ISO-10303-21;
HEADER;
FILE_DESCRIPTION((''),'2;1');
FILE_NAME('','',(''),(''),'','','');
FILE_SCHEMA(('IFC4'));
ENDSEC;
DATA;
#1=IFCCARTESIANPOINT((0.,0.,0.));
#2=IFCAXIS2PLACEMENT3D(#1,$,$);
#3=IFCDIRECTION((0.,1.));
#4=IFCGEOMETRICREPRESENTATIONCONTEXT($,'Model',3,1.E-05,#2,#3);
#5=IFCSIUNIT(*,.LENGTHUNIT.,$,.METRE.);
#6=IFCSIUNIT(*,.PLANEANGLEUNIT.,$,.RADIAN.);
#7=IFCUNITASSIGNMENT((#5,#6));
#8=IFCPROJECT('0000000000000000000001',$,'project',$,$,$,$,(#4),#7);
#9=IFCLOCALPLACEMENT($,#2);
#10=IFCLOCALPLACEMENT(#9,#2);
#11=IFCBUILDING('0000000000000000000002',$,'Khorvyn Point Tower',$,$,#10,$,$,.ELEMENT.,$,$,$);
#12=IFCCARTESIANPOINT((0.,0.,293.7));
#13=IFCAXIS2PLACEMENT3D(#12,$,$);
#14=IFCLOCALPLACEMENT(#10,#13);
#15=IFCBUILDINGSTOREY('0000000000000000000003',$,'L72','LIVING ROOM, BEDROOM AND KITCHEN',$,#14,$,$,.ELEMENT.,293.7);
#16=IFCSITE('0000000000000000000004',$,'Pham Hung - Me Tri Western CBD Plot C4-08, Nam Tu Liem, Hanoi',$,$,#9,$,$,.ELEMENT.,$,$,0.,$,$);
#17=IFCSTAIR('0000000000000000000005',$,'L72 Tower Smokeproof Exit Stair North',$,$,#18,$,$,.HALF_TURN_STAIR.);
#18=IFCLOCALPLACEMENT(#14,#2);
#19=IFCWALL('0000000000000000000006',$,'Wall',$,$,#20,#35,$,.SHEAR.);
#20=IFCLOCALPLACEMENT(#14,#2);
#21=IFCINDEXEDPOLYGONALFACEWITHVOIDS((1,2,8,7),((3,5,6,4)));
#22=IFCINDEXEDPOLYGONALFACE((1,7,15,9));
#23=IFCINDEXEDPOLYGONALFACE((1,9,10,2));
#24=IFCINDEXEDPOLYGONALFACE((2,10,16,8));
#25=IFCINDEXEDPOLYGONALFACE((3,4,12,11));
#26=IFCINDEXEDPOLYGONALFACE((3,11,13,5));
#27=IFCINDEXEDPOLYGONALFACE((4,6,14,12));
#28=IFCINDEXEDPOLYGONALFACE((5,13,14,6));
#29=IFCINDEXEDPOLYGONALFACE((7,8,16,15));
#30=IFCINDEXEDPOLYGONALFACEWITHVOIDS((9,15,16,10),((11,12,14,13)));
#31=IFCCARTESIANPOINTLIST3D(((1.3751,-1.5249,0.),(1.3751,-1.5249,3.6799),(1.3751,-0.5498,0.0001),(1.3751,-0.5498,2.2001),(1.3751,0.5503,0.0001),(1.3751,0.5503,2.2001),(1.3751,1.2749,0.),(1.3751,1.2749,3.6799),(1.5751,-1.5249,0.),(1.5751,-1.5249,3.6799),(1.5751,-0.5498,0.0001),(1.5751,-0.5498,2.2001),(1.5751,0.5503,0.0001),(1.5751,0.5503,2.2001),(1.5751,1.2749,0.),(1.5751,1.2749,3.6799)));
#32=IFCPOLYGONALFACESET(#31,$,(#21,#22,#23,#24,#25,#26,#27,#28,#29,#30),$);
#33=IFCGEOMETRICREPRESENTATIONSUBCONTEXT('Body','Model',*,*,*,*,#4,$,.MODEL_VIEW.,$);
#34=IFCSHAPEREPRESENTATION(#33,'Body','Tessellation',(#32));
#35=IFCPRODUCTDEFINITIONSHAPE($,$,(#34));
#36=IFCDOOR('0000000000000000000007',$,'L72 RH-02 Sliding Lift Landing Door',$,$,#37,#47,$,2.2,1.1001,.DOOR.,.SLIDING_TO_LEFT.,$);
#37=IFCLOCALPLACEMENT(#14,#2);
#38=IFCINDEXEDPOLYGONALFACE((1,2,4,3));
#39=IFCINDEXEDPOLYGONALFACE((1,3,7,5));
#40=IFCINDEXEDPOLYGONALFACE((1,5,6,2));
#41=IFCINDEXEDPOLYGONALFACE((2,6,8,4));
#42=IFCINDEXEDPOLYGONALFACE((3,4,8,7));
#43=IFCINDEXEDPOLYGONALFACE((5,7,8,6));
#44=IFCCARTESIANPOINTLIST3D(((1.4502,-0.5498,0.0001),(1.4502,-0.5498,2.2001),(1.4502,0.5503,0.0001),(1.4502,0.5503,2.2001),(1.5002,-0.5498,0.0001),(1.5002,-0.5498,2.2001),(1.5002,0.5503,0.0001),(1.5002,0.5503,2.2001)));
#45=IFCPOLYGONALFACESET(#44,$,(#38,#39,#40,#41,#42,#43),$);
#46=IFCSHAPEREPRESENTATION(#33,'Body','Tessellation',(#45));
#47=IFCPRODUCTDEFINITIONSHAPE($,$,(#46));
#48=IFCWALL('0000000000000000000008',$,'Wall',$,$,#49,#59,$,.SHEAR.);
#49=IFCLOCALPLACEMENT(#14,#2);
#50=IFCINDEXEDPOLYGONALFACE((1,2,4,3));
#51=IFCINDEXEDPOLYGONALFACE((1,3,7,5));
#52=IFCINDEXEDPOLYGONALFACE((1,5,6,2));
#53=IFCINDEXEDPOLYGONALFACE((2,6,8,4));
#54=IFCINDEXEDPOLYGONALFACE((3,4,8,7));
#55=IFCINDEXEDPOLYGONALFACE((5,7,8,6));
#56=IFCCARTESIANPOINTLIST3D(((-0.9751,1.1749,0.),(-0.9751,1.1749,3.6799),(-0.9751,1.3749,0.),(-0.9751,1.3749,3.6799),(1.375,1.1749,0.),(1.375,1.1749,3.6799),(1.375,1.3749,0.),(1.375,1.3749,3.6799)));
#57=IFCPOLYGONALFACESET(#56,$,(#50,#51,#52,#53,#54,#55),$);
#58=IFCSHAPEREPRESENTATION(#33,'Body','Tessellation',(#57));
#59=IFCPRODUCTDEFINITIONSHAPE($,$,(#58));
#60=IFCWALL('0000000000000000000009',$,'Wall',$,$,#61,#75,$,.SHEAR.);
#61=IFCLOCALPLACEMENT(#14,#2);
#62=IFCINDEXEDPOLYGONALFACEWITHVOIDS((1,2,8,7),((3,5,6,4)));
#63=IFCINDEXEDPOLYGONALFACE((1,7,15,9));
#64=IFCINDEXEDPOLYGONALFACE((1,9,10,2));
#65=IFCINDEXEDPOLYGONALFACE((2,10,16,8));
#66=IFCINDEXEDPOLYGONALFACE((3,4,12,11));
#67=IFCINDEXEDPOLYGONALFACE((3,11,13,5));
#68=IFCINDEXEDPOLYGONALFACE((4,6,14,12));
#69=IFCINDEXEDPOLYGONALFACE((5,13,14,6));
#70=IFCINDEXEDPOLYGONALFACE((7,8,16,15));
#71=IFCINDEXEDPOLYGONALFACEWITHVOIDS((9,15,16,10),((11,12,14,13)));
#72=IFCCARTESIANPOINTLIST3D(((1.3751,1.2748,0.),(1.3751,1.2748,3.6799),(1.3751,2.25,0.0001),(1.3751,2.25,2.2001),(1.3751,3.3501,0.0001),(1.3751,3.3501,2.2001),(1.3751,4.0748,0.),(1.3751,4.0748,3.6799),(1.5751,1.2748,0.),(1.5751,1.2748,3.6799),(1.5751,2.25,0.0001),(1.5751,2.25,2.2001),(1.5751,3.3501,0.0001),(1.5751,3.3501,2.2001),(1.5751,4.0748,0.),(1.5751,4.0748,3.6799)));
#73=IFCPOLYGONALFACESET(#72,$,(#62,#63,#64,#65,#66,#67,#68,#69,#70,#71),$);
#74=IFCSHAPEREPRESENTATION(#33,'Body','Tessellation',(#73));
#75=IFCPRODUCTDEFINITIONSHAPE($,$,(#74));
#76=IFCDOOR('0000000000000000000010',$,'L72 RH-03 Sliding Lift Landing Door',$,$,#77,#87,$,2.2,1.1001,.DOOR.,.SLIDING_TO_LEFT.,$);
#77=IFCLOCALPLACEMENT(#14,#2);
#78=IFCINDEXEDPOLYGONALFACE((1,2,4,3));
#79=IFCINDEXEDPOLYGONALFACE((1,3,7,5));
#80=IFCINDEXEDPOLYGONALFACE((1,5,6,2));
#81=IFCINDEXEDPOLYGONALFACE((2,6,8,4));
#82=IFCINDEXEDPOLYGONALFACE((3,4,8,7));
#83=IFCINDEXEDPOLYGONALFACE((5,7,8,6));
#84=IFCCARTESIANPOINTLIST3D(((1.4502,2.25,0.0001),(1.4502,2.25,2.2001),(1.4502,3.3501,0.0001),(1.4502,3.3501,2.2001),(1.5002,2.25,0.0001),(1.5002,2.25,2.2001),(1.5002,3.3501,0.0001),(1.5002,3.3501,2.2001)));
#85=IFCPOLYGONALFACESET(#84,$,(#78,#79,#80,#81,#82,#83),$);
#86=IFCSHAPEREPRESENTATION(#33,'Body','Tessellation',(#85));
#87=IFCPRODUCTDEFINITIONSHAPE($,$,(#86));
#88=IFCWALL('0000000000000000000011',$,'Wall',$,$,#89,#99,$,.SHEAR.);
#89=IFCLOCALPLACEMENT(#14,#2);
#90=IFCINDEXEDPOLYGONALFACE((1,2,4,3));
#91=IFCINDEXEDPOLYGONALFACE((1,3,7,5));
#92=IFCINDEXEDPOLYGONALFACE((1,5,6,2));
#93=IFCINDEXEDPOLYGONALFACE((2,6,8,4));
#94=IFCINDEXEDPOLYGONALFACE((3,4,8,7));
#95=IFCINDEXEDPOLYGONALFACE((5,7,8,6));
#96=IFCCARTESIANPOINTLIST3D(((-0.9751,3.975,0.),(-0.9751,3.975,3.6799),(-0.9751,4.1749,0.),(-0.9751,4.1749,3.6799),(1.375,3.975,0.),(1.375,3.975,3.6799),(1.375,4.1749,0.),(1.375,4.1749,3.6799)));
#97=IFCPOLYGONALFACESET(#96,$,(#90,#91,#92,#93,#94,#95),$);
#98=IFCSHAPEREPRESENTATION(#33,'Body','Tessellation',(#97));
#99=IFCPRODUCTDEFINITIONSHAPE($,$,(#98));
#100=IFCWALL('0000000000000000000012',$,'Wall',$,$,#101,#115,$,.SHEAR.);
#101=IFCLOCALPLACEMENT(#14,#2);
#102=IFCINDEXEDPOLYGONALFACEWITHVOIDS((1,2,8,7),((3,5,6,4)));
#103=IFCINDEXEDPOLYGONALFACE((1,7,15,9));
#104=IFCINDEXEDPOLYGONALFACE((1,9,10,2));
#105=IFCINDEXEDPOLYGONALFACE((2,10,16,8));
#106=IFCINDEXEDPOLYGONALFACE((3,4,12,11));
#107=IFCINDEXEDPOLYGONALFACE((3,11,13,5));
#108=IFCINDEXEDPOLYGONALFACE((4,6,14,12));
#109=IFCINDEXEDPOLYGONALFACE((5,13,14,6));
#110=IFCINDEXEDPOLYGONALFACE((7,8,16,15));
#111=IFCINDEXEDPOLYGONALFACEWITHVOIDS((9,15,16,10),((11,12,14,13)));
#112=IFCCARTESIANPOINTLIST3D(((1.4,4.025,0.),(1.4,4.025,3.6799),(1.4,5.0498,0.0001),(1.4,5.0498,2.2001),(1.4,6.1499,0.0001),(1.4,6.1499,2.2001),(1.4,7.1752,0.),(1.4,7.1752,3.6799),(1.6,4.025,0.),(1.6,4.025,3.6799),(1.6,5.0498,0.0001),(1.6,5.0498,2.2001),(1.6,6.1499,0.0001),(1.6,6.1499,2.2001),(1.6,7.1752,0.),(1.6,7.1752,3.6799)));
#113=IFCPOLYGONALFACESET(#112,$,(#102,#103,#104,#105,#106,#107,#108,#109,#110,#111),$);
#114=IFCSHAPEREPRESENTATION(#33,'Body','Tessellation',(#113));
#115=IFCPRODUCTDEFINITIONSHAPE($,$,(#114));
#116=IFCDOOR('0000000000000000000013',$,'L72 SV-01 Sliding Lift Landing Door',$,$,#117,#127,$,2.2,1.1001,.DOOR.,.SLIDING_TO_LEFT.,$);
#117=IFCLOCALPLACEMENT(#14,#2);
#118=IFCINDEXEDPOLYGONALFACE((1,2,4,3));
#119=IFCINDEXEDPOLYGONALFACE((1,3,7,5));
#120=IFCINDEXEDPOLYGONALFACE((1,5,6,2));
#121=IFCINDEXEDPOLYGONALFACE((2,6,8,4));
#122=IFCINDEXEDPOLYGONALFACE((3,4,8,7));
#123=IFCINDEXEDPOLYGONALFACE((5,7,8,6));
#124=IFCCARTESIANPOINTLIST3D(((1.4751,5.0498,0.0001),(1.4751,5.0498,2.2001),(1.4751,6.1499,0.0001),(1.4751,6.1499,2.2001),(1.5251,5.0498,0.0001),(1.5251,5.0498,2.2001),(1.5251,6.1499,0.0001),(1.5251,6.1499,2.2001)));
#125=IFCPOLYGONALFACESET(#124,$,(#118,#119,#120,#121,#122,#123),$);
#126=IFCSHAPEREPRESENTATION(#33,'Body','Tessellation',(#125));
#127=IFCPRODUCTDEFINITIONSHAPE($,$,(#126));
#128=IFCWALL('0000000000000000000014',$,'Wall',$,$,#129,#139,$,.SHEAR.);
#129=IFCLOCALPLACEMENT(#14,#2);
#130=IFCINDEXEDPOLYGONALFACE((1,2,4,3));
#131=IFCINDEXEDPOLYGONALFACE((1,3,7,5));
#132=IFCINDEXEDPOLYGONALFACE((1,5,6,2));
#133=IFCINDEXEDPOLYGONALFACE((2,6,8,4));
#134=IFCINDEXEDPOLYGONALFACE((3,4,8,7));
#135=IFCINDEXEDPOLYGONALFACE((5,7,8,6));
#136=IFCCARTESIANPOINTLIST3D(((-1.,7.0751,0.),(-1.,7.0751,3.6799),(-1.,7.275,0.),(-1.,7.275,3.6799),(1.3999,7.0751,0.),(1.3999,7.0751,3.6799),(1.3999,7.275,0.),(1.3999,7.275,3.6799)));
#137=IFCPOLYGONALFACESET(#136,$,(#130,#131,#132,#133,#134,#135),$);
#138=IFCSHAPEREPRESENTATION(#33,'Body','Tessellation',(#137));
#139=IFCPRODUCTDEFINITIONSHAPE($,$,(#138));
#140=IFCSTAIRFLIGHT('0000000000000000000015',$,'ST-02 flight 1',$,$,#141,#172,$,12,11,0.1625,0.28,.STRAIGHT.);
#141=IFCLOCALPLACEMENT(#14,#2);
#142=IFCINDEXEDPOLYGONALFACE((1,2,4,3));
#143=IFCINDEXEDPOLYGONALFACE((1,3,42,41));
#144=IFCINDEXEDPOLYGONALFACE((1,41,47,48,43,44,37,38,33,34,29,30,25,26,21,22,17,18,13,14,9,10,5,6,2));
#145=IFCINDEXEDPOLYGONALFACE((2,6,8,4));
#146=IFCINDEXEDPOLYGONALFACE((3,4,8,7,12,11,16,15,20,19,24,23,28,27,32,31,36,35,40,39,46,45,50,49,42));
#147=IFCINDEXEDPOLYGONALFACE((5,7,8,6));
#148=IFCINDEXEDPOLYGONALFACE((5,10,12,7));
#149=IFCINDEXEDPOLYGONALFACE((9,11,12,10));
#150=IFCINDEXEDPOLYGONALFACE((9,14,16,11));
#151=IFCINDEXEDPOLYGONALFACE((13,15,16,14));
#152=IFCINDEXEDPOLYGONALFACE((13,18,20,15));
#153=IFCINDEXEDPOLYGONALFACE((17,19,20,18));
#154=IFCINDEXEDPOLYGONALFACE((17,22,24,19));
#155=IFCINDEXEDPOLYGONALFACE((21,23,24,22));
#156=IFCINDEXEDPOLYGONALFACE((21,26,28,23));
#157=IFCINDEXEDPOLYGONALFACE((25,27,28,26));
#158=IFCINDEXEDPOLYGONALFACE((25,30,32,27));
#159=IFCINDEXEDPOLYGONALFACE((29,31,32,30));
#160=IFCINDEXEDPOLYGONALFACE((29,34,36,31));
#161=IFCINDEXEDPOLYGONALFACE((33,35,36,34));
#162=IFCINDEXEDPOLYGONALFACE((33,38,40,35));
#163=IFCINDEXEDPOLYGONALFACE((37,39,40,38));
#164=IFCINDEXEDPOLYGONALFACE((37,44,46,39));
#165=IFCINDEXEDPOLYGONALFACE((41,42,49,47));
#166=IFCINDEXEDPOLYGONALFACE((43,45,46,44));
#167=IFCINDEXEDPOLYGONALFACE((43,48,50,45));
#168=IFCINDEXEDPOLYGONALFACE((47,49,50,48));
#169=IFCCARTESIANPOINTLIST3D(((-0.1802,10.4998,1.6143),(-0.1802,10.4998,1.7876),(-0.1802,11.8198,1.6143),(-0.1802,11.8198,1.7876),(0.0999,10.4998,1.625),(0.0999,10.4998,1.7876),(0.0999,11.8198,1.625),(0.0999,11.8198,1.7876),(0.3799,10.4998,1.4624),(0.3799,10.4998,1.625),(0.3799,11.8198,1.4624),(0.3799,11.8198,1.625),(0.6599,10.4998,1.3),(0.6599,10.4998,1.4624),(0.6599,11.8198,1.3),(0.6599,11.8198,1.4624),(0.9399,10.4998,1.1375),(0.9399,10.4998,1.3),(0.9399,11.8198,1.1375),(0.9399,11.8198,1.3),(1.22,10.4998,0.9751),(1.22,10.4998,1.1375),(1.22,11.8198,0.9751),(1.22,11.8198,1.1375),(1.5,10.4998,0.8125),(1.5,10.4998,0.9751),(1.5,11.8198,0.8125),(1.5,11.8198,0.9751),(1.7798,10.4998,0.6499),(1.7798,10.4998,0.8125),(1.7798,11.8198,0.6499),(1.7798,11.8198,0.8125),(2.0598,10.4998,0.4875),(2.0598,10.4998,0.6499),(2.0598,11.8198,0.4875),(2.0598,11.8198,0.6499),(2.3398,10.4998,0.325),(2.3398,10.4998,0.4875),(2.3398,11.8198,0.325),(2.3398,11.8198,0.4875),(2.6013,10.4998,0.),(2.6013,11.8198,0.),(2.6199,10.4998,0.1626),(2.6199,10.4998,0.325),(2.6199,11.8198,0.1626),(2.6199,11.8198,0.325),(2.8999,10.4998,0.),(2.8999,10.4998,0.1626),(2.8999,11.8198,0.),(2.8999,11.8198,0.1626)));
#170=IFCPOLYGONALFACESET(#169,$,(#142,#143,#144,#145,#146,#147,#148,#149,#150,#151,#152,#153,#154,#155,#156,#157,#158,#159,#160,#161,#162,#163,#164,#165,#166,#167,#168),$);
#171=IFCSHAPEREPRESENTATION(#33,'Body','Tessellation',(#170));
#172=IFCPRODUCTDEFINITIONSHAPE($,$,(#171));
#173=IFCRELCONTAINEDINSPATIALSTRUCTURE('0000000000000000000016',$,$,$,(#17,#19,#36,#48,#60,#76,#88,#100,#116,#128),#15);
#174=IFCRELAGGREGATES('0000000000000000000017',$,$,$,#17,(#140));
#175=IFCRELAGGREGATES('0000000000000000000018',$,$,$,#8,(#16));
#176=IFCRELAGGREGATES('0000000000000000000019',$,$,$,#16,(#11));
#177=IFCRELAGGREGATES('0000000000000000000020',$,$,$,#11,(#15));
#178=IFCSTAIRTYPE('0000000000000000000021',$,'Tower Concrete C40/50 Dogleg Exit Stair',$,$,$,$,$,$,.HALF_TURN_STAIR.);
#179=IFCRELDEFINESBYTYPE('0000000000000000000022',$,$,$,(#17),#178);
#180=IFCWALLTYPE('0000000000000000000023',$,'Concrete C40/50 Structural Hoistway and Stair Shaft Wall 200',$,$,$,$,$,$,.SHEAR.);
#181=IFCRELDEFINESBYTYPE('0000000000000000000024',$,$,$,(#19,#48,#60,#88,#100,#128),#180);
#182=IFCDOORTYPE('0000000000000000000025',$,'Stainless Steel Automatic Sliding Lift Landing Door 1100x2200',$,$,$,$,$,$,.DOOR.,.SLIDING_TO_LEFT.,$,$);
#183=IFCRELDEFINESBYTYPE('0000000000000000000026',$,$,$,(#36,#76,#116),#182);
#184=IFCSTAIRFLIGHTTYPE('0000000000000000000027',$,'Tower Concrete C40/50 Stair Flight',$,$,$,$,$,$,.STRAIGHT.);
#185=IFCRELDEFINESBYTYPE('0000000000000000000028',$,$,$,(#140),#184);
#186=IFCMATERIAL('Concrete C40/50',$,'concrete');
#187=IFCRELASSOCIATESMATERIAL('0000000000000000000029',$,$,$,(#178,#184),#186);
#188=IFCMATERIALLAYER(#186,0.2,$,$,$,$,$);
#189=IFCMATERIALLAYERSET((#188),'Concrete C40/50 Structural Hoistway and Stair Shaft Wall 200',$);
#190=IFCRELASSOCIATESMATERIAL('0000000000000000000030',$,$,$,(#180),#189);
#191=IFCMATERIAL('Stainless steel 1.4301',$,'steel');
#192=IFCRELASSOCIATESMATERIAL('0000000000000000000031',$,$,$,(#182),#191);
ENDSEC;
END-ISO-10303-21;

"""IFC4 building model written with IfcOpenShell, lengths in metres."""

from ifc_helpers import new_model, si_unit, direction, frame, frame_2d, origin, place, context, subcontext, project, spatial, polyline, rectangle, outline, extrude, material, layer, layer_set, type_object, element, fill, aggregate, save


model = new_model("IFC4")

# Units and contexts
model_context = context("Model", 3, precision=1e-05, world=origin(), true_north=direction((0.0, 1.0)))
body_context = subcontext(model_context, "Body", "Model", "MODEL_VIEW")
ifc_project = project(units=[si_unit("LENGTHUNIT", "METRE"), si_unit("PLANEANGLEUNIT", "RADIAN")], contexts=[model_context])

# Site, building, storey
site_placement = place(None, origin())
site = spatial("IfcSite", under=ifc_project, at=site_placement, Name="Pham Hung - Me Tri Western CBD Plot C4-08, Nam Tu Liem, Hanoi", CompositionType="ELEMENT", RefElevation=0.0)
building_placement = place(site_placement, origin())
building = spatial("IfcBuilding", under=site, at=building_placement, Name="Khorvyn Point Tower", CompositionType="ELEMENT")
storey_placement = place(building_placement, frame((0.0, 0.0, 293.7)))
storey = spatial("IfcBuildingStorey", under=building, at=storey_placement, Name="L72", Description="LIVING ROOM, BEDROOM AND KITCHEN", CompositionType="ELEMENT", Elevation=293.7)

# Shared definitions
ifc_material_1 = material(Name="Concrete C40/50", Category="concrete")

# Stair
stair_type = type_object("IfcStairType", Name="Tower Concrete C40/50 Dogleg Exit Stair", PredefinedType="HALF_TURN_STAIR", material=ifc_material_1)
stair_1_placement = place(storey_placement, origin())
stair_1 = element("IfcStair", 1, at=stair_1_placement, inside=storey, type_object=stair_type, Name="L72 Tower Smokeproof Exit Stair North", PredefinedType="HALF_TURN_STAIR")

# Wall, opening, door
ifc_layer_1 = layer(ifc_material_1, 0.2)
ifc_layer_set_1 = layer_set([ifc_layer_1], Name="Concrete C40/50 Structural Hoistway and Stair Shaft Wall 200")
wall_type = type_object("IfcWallType", Name="Concrete C40/50 Structural Hoistway and Stair Shaft Wall 200", PredefinedType="SHEAR", material=ifc_layer_set_1)
wall_1_placement = place(storey_placement, frame((1.4751, -1.5249, 0.0), z_axis=(0.0, 0.0, 1.0), x_axis=(0.0, 1.0, 0.0)))
wall_1 = element("IfcWall", 2, at=wall_1_placement, inside=storey, type_object=wall_type, Name="Wall", PredefinedType="SHEAR", context=body_context, shape_type="SweptSolid", body=[
    extrude(rectangle(XDim=2.7998, YDim=0.2, at=frame_2d((1.3999, 0.0))), origin(), (0.0, 0.0, 1.0), 3.6799),
])
opening_1_placement = place(wall_1_placement, frame((0.9751, 0.0, 0.0)))
opening_1 = element("IfcOpeningElement", 3, at=opening_1_placement, cuts=wall_1, PredefinedType="OPENING", context=body_context, shape_type="SweptSolid", body=[
    extrude(rectangle(XDim=1.1001, YDim=2.2, at=frame_2d((0.55, 1.1001))), frame((0.0, 0.1099, 0.0), z_axis=(0.0, -1.0, 0.0), x_axis=(1.0, 0.0, 0.0)), (0.0, 0.0, 1.0), 0.22),
])
ifc_material_2 = material(Name="Stainless steel 1.4301", Category="steel")
door_type = type_object("IfcDoorType", Name="Stainless Steel Automatic Sliding Lift Landing Door 1100x2200", OperationType="SLIDING_TO_LEFT", PredefinedType="DOOR", material=ifc_material_2)
door_1_placement = place(opening_1_placement, origin())
door_1 = element("IfcDoor", 4, at=door_1_placement, inside=storey, type_object=door_type, Name="L72 RH-02 Sliding Lift Landing Door", OperationType="SLIDING_TO_LEFT", OverallHeight=2.2, OverallWidth=1.1001, PredefinedType="DOOR", context=body_context, shape_type="SweptSolid", body=[
    extrude(rectangle(XDim=1.1001, YDim=2.2, at=frame_2d((0.55, 1.1001))), frame((0.0, 0.0249, 0.0), z_axis=(0.0, -1.0, 0.0), x_axis=(1.0, 0.0, 0.0)), (0.0, 0.0, 1.0), 0.05),
])
fill(opening_1, door_1)

# Wall
wall_2_placement = place(storey_placement, frame((-0.9751, 1.2749, 0.0), z_axis=(0.0, 0.0, 1.0), x_axis=(1.0, 0.0, 0.0)))
element("IfcWall", 5, at=wall_2_placement, inside=storey, type_object=wall_type, Name="Wall", PredefinedType="SHEAR", context=body_context, shape_type="SweptSolid", body=[
    extrude(rectangle(XDim=2.3501, YDim=0.2, at=frame_2d((1.175, 0.0))), origin(), (0.0, 0.0, 1.0), 3.6799),
])

# Wall, opening, door
wall_3_placement = place(storey_placement, frame((1.4751, 1.2749, 0.0), z_axis=(0.0, 0.0, 1.0), x_axis=(0.0, 1.0, 0.0)))
wall_3 = element("IfcWall", 6, at=wall_3_placement, inside=storey, type_object=wall_type, Name="Wall", PredefinedType="SHEAR", context=body_context, shape_type="SweptSolid", body=[
    extrude(rectangle(XDim=2.8, YDim=0.2, at=frame_2d((1.3999, 0.0))), origin(), (0.0, 0.0, 1.0), 3.6799),
])
opening_2_placement = place(wall_3_placement, frame((0.9751, 0.0, 0.0)))
opening_2 = element("IfcOpeningElement", 7, at=opening_2_placement, cuts=wall_3, PredefinedType="OPENING", context=body_context, shape_type="SweptSolid", body=[
    extrude(rectangle(XDim=1.1001, YDim=2.2, at=frame_2d((0.55, 1.1001))), frame((0.0, 0.1099, 0.0), z_axis=(0.0, -1.0, 0.0), x_axis=(1.0, 0.0, 0.0)), (0.0, 0.0, 1.0), 0.22),
])
door_2_placement = place(opening_2_placement, origin())
door_2 = element("IfcDoor", 8, at=door_2_placement, inside=storey, type_object=door_type, Name="L72 RH-03 Sliding Lift Landing Door", OperationType="SLIDING_TO_LEFT", OverallHeight=2.2, OverallWidth=1.1001, PredefinedType="DOOR", context=body_context, shape_type="SweptSolid", body=[
    extrude(rectangle(XDim=1.1001, YDim=2.2, at=frame_2d((0.55, 1.1001))), frame((0.0, 0.0249, 0.0), z_axis=(0.0, -1.0, 0.0), x_axis=(1.0, 0.0, 0.0)), (0.0, 0.0, 1.0), 0.05),
])
fill(opening_2, door_2)

# Wall
wall_4_placement = place(storey_placement, frame((-0.9751, 4.075, 0.0), z_axis=(0.0, 0.0, 1.0), x_axis=(1.0, 0.0, 0.0)))
element("IfcWall", 9, at=wall_4_placement, inside=storey, type_object=wall_type, Name="Wall", PredefinedType="SHEAR", context=body_context, shape_type="SweptSolid", body=[
    extrude(rectangle(XDim=2.3501, YDim=0.2, at=frame_2d((1.175, 0.0))), origin(), (0.0, 0.0, 1.0), 3.6799),
])

# Wall, opening, door
wall_5_placement = place(storey_placement, frame((1.5, 4.0249, 0.0), z_axis=(0.0, 0.0, 1.0), x_axis=(0.0, 1.0, 0.0)))
wall_5 = element("IfcWall", 10, at=wall_5_placement, inside=storey, type_object=wall_type, Name="Wall", PredefinedType="SHEAR", context=body_context, shape_type="SweptSolid", body=[
    extrude(rectangle(XDim=3.1501, YDim=0.2, at=frame_2d((1.5752, 0.0))), origin(), (0.0, 0.0, 1.0), 3.6799),
])
opening_3_placement = place(wall_5_placement, frame((1.0249, 0.0, 0.0)))
opening_3 = element("IfcOpeningElement", 11, at=opening_3_placement, cuts=wall_5, PredefinedType="OPENING", context=body_context, shape_type="SweptSolid", body=[
    extrude(rectangle(XDim=1.1001, YDim=2.2, at=frame_2d((0.55, 1.1001))), frame((0.0, 0.1099, 0.0), z_axis=(0.0, -1.0, 0.0), x_axis=(1.0, 0.0, 0.0)), (0.0, 0.0, 1.0), 0.22),
])
door_3_placement = place(opening_3_placement, origin())
door_3 = element("IfcDoor", 12, at=door_3_placement, inside=storey, type_object=door_type, Name="L72 SV-01 Sliding Lift Landing Door", OperationType="SLIDING_TO_LEFT", OverallHeight=2.2, OverallWidth=1.1001, PredefinedType="DOOR", context=body_context, shape_type="SweptSolid", body=[
    extrude(rectangle(XDim=1.1001, YDim=2.2, at=frame_2d((0.55, 1.1001))), frame((0.0, 0.0249, 0.0), z_axis=(0.0, -1.0, 0.0), x_axis=(1.0, 0.0, 0.0)), (0.0, 0.0, 1.0), 0.05),
])
fill(opening_3, door_3)

# Wall
wall_6_placement = place(storey_placement, frame((-1.0, 7.175, 0.0), z_axis=(0.0, 0.0, 1.0), x_axis=(1.0, 0.0, 0.0)))
element("IfcWall", 13, at=wall_6_placement, inside=storey, type_object=wall_type, Name="Wall", PredefinedType="SHEAR", context=body_context, shape_type="SweptSolid", body=[
    extrude(rectangle(XDim=2.3999, YDim=0.2, at=frame_2d((1.2, 0.0))), origin(), (0.0, 0.0, 1.0), 3.6799),
])

# Stair flight
stair_flight_type = type_object("IfcStairFlightType", Name="Tower Concrete C40/50 Stair Flight", PredefinedType="STRAIGHT", material=ifc_material_1)
stair_flight_1_placement = place(storey_placement, frame((2.8999, 11.1599, 0.0), z_axis=(0.0, 0.0, 1.0), x_axis=(-1.0, 0.0, 0.0)))
stair_flight_1 = element("IfcStairFlight", 14, at=stair_flight_1_placement, type_object=stair_flight_type, Name="ST-02 flight 1", NumberOfRisers=12, NumberOfTreads=11, PredefinedType="STRAIGHT", RiserHeight=0.1625, TreadLength=0.28, context=body_context, shape_type="SweptSolid", body=[
    extrude(outline(polyline([(0.0, 0.0), (0.0, 0.1626), (0.28, 0.1626), (0.28, 0.325), (0.5601, 0.325), (0.5601, 0.4875), (0.8401, 0.4875), (0.8401, 0.6499), (1.1201, 0.6499), (1.1201, 0.8125), (1.3999, 0.8125), (1.3999, 0.9751), (1.6799, 0.9751), (1.6799, 1.1375), (1.96, 1.1375), (1.96, 1.3), (2.24, 1.3), (2.24, 1.4624), (2.52, 1.4624), (2.52, 1.625), (2.8, 1.625), (2.8, 1.7876), (3.0801, 1.7876), (3.0801, 1.95), (3.0801, 1.6143), (0.2986, 0.0), (0.0, 0.0)])), frame((0.0, 0.6602, 0.0), z_axis=(0.0, -1.0, 0.0), x_axis=(1.0, 0.0, 0.0)), (0.0, 0.0, 1.0), 1.3201),
])
aggregate(stair_1, [stair_flight_1])

save(model, "model.ifc")
